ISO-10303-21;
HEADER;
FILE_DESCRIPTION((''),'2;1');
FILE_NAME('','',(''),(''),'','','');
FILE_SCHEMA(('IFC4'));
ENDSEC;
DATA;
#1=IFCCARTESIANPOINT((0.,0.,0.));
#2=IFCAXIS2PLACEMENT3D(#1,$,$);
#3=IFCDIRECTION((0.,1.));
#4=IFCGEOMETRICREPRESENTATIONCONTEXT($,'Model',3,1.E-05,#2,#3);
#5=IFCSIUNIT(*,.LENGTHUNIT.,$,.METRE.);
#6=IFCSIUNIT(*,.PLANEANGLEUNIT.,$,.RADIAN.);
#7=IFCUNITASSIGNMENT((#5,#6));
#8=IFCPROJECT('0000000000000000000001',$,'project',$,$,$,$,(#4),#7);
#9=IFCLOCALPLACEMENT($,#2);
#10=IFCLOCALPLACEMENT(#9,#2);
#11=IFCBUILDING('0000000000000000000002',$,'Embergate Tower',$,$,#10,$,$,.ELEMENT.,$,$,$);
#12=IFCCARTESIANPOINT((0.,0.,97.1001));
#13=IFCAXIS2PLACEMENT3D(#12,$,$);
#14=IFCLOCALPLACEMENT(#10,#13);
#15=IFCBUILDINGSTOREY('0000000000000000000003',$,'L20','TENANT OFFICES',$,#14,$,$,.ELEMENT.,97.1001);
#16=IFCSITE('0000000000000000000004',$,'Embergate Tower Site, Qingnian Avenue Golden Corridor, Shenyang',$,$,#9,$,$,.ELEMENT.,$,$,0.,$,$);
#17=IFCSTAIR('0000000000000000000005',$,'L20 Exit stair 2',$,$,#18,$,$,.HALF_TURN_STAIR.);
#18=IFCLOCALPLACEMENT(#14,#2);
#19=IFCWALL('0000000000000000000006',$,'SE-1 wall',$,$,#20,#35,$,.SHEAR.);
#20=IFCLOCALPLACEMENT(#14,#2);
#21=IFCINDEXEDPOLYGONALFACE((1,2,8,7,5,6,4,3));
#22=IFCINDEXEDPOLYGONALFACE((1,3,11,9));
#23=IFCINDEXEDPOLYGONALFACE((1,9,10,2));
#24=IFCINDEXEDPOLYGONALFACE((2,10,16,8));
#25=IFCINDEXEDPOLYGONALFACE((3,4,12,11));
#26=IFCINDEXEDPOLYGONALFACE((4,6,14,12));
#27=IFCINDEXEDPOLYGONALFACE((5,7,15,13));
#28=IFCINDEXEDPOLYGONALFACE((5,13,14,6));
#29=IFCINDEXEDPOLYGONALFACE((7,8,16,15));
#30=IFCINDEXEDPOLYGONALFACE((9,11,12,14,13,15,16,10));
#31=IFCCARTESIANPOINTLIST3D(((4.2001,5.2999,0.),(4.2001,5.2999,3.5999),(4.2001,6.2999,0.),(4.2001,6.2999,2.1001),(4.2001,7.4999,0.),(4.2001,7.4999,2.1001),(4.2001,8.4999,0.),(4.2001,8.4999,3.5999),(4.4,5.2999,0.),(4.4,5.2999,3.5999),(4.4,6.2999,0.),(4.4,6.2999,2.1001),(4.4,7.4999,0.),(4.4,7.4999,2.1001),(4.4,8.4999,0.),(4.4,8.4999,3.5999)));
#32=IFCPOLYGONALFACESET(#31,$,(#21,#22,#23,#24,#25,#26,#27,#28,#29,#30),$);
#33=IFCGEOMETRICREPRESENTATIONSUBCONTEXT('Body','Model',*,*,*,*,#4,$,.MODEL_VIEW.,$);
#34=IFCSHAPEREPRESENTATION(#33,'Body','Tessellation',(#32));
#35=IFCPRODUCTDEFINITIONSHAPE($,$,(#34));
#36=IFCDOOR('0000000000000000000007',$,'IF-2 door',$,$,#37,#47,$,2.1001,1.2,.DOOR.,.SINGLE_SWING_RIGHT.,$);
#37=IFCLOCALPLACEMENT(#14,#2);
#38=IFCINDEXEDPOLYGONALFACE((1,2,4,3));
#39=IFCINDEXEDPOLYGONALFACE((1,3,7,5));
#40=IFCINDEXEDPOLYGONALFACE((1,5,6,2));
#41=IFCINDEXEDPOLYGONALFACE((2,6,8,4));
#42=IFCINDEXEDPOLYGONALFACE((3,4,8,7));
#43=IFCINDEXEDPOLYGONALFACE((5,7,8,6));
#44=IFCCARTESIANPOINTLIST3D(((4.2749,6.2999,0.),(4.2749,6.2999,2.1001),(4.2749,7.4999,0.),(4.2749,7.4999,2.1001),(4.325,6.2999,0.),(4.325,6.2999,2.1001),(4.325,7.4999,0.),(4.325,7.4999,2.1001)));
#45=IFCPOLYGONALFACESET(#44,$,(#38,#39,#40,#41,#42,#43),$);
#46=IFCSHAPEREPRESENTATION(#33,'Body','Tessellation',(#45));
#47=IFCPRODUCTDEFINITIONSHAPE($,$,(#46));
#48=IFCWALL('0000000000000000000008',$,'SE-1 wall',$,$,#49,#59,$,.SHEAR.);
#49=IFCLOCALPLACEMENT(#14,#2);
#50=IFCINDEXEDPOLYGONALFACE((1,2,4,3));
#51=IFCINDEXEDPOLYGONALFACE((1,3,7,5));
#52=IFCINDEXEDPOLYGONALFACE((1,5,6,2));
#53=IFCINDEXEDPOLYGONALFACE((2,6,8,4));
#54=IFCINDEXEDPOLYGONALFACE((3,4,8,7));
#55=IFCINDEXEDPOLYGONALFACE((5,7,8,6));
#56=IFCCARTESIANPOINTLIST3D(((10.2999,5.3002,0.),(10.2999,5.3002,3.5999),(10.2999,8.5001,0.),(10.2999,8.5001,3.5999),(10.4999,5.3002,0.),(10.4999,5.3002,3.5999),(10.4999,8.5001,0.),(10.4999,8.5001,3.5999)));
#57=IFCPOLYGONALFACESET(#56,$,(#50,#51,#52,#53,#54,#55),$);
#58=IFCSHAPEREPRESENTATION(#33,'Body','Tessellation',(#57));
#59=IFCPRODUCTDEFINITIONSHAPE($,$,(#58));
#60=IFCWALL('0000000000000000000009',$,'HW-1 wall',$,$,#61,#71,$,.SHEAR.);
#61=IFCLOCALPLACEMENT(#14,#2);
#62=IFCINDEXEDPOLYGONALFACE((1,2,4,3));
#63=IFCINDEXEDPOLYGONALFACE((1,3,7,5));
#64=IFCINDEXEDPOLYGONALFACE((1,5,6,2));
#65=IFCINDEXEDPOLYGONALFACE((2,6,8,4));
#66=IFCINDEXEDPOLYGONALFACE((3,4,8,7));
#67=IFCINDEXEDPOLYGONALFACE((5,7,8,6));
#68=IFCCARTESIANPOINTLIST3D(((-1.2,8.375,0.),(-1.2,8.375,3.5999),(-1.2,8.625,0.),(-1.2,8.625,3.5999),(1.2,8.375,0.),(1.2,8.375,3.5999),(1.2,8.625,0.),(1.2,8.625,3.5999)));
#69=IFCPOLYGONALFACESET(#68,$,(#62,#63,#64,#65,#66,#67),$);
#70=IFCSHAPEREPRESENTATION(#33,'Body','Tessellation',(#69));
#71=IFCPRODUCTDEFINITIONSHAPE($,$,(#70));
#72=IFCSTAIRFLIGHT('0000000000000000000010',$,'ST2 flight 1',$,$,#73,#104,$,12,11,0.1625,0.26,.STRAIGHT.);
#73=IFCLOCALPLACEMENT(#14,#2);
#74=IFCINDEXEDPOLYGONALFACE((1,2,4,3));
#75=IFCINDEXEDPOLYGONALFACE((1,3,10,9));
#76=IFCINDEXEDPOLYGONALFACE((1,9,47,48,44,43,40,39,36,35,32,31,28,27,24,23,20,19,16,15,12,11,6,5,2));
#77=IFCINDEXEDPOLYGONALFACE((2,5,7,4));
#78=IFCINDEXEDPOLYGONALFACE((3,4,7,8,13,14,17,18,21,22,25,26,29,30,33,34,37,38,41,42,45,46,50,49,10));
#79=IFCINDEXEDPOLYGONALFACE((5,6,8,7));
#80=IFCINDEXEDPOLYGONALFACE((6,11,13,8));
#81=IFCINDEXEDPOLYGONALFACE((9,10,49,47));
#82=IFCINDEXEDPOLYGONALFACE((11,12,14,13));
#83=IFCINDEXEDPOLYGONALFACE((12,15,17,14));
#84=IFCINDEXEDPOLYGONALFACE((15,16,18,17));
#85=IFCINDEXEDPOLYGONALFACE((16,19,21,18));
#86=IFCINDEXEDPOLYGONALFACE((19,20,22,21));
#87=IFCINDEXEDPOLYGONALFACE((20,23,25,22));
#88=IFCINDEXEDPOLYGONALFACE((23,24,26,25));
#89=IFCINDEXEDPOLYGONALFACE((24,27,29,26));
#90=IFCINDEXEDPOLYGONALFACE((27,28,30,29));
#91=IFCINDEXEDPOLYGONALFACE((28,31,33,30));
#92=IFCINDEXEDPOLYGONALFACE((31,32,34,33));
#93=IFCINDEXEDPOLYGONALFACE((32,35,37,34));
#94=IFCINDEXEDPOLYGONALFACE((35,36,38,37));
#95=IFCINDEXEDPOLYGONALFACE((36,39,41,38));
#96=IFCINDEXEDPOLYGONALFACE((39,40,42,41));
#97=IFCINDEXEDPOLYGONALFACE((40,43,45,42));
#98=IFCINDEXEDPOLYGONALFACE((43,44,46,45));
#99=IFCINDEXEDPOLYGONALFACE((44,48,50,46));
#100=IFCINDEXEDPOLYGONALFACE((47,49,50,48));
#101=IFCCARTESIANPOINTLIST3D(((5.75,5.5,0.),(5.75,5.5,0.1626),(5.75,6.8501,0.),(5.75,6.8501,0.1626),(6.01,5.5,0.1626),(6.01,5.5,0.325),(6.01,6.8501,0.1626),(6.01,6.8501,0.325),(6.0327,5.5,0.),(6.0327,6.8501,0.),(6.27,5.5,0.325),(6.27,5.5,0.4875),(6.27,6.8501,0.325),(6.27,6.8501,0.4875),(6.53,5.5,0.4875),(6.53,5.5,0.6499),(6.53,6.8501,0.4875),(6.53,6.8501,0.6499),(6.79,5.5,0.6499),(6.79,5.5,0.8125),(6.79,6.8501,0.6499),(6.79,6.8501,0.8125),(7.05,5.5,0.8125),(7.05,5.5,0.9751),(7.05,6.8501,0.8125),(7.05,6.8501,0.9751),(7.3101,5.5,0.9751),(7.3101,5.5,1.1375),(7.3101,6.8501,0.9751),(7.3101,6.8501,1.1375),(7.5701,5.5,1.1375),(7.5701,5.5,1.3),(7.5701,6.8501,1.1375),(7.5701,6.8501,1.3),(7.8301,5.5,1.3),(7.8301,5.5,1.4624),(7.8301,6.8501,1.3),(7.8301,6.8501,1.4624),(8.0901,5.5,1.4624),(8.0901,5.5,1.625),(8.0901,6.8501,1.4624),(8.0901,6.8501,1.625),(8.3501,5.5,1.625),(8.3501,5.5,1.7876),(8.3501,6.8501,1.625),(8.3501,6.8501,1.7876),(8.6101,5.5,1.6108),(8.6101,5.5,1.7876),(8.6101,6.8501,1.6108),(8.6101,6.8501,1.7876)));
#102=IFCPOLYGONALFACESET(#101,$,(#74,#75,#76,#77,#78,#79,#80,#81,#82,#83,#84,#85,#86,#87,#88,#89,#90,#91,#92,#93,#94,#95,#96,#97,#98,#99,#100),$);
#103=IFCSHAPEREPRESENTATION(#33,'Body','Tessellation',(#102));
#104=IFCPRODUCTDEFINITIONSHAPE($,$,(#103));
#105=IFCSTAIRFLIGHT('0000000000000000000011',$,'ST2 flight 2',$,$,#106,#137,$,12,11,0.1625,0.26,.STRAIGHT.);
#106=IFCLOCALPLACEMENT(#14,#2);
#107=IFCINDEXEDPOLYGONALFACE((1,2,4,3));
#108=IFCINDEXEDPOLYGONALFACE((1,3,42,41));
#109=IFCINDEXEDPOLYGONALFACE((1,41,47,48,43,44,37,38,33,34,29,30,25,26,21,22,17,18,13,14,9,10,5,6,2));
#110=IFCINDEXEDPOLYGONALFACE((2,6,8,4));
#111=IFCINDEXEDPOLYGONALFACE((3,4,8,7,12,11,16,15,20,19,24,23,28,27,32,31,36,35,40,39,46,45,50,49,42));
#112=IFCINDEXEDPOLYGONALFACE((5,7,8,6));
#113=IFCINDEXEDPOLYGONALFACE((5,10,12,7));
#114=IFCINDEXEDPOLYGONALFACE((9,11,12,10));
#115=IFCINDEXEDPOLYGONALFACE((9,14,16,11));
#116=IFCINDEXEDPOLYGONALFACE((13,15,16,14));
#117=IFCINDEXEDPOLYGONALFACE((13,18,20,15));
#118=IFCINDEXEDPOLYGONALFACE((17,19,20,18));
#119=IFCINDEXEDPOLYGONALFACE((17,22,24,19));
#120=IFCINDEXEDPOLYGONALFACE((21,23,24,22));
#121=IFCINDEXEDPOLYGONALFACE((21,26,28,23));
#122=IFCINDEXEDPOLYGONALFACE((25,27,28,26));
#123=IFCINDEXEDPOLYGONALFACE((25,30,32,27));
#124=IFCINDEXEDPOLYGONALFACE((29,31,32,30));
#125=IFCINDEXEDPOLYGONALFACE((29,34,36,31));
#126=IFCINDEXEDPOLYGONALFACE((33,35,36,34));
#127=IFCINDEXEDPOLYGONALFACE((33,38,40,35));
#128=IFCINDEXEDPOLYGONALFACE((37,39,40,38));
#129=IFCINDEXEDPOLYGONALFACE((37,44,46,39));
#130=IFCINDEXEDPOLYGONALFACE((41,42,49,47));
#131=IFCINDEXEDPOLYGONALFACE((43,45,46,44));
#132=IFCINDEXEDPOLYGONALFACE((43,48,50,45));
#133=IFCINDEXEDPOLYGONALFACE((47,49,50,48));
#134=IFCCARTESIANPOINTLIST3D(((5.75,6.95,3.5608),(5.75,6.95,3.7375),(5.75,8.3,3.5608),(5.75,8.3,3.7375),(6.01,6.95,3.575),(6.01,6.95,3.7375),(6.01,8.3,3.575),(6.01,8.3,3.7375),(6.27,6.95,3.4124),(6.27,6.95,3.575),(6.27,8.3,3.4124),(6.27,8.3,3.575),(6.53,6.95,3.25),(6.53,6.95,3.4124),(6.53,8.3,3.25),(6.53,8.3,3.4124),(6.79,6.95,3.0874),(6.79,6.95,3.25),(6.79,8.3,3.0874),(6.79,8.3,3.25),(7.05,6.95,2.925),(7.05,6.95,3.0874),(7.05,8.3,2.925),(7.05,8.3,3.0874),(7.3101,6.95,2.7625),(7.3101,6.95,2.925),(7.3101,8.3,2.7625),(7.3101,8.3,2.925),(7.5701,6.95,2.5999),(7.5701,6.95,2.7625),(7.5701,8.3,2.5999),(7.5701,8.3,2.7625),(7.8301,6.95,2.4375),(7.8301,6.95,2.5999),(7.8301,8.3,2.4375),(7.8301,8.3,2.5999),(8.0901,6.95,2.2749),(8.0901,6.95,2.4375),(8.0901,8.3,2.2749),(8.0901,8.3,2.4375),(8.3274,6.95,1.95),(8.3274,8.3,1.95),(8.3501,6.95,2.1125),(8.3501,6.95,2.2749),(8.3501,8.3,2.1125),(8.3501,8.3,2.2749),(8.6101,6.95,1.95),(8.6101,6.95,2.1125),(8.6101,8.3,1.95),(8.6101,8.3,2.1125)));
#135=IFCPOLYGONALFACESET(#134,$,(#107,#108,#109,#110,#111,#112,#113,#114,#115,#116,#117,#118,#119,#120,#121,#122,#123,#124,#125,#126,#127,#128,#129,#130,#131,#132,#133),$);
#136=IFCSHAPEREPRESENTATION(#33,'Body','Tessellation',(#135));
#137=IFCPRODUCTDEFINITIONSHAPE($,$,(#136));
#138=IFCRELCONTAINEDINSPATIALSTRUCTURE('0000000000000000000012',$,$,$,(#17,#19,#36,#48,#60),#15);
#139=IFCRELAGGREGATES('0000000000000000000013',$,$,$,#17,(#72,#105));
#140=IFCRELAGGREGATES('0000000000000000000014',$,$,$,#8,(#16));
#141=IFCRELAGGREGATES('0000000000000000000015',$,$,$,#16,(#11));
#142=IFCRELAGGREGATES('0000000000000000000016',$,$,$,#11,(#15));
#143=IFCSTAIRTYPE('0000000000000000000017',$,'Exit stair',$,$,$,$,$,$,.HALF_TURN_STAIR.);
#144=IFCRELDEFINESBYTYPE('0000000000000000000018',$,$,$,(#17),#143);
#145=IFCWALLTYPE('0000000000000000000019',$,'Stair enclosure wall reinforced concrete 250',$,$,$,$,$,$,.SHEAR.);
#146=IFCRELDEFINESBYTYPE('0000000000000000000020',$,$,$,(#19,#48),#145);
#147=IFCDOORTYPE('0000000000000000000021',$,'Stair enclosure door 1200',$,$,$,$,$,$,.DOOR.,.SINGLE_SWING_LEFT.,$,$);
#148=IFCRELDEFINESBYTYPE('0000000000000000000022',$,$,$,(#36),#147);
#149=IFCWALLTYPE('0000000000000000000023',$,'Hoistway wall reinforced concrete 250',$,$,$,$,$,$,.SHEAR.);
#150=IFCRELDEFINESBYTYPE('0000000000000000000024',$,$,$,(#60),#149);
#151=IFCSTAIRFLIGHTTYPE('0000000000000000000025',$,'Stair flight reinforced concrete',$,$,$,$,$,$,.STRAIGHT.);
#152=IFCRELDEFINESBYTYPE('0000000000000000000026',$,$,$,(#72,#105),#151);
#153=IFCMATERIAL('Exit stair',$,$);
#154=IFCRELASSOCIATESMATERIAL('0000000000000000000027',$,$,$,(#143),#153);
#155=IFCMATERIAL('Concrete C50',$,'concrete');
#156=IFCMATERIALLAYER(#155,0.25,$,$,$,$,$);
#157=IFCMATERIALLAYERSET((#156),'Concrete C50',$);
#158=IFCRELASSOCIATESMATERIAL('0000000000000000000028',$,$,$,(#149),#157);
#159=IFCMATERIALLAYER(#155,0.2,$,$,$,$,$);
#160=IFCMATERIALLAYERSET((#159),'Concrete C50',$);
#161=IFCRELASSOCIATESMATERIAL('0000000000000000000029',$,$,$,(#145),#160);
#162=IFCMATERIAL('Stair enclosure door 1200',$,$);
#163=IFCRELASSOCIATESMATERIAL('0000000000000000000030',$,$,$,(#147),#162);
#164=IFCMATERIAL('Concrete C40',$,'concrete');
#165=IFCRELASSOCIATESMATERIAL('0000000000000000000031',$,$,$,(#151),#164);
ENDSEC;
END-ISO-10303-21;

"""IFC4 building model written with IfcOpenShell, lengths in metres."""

from ifc_helpers import new_model, si_unit, direction, frame, frame_2d, origin, place, context, subcontext, project, spatial, polyline, rectangle, outline, extrude, source, transform, mapped, material, layer, layer_set, type_object, element, fill, aggregate, save


model = new_model("IFC4")

# Units and contexts
model_context = context("Model", 3, precision=1e-05, world=origin(), true_north=direction((0.0, 1.0)))
body_context = subcontext(model_context, "Body", "Model", "MODEL_VIEW")
ifc_project = project(units=[si_unit("LENGTHUNIT", "METRE"), si_unit("PLANEANGLEUNIT", "RADIAN")], contexts=[model_context])

# Site, building, storey
site_placement = place(None, origin())
site = spatial("IfcSite", under=ifc_project, at=site_placement, Name="Embergate Tower Site, Qingnian Avenue Golden Corridor, Shenyang", CompositionType="ELEMENT", RefElevation=0.0)
building_placement = place(site_placement, origin())
building = spatial("IfcBuilding", under=site, at=building_placement, Name="Embergate Tower", CompositionType="ELEMENT")
storey_placement = place(building_placement, frame((0.0, 0.0, 97.1001)))
storey = spatial("IfcBuildingStorey", under=building, at=storey_placement, Name="L20", Description="TENANT OFFICES", CompositionType="ELEMENT", Elevation=97.1001)

# Stair
ifc_material_1 = material(Name="Exit stair")
stair_type = type_object("IfcStairType", Name="Exit stair", PredefinedType="HALF_TURN_STAIR", material=ifc_material_1)
stair_placement = place(storey_placement, origin())
stair = element("IfcStair", 1, at=stair_placement, inside=storey, type_object=stair_type, Name="L20 Exit stair 2", PredefinedType="HALF_TURN_STAIR")
ifc_material_2 = material(Name="Concrete C40", Category="concrete")

# Shared definitions
shared_shape_1 = source(origin(), body_context, "Body", "SweptSolid", [
    extrude(rectangle(XDim=1.2, YDim=2.1001, at=frame_2d((0.6001, 1.05))), frame((0.0, 0.0249, 0.0), z_axis=(0.0, -1.0, 0.0), x_axis=(1.0, 0.0, 0.0)), (0.0, 0.0, 1.0), 0.05),
])

# Shared definitions
ifc_material_3 = material(Name="Concrete C50", Category="concrete")
ifc_layer_1 = layer(ifc_material_3, 0.25)
ifc_layer_set_1 = layer_set([ifc_layer_1], Name="Concrete C50")
wall_type_1 = type_object("IfcWallType", Name="Hoistway wall reinforced concrete 250", PredefinedType="SHEAR", material=ifc_layer_set_1)

# Shared definitions
ifc_layer_2 = layer(ifc_material_3, 0.2)
ifc_layer_set_2 = layer_set([ifc_layer_2], Name="Concrete C50")
wall_type_2 = type_object("IfcWallType", Name="Stair enclosure wall reinforced concrete 250", PredefinedType="SHEAR", material=ifc_layer_set_2)

# Wall, opening, door
shared_shape_2 = source(origin(), body_context, "Body", "SweptSolid", [
    extrude(rectangle(XDim=3.2, YDim=0.2, at=frame_2d((1.6001, 0.0))), origin(), (0.0, 0.0, 1.0), 3.5999),
])
wall_1_placement = place(storey_placement, frame((4.3, 8.5, 0.0), z_axis=(0.0, 0.0, 1.0), x_axis=(0.0, -1.0, 0.0)))
wall_1 = element("IfcWall", 2, at=wall_1_placement, inside=storey, type_object=wall_type_2, Name="SE-1 wall", PredefinedType="SHEAR", context=body_context, shape_type="MappedRepresentation", body=[
    mapped(shared_shape_2, transform((0.0, 0.0, 0.0))),
])
shared_shape_3 = source(origin(), body_context, "Body", "SweptSolid", [
    extrude(rectangle(XDim=1.2, YDim=2.1001, at=frame_2d((0.6001, 1.05))), frame((0.0, 0.1099, 0.0), z_axis=(0.0, -1.0, 0.0), x_axis=(1.0, 0.0, 0.0)), (0.0, 0.0, 1.0), 0.22),
])
opening_1_placement = place(wall_1_placement, frame((1.0, 0.0, 0.0)))
opening_1 = element("IfcOpeningElement", 3, at=opening_1_placement, cuts=wall_1, PredefinedType="OPENING", context=body_context, shape_type="MappedRepresentation", body=[
    mapped(shared_shape_3, transform((0.0, 0.0, 0.0))),
])
ifc_material_4 = material(Name="Stair enclosure door 1200")
door_type_1 = type_object("IfcDoorType", Name="Stair enclosure door 1200", OperationType="SINGLE_SWING_LEFT", PredefinedType="DOOR", material=ifc_material_4)
door_1_placement = place(opening_1_placement, origin())
door_1 = element("IfcDoor", 4, at=door_1_placement, inside=storey, type_object=door_type_1, Name="IF-2 door", OperationType="SINGLE_SWING_RIGHT", OverallHeight=2.1001, OverallWidth=1.2, PredefinedType="DOOR", context=body_context, shape_type="MappedRepresentation", body=[
    mapped(shared_shape_1, transform((0.0, 0.0, 0.0))),
])
fill(opening_1, door_1)

# Walls
wall_2_placement = place(storey_placement, frame((10.3999, 5.3, 0.0), z_axis=(0.0, 0.0, 1.0), x_axis=(0.0, 1.0, 0.0)))
element("IfcWall", 5, at=wall_2_placement, inside=storey, type_object=wall_type_2, Name="SE-1 wall", PredefinedType="SHEAR", context=body_context, shape_type="MappedRepresentation", body=[
    mapped(shared_shape_2, transform((0.0, 0.0, 0.0))),
])
shared_shape_4 = source(origin(), body_context, "Body", "SweptSolid", [
    extrude(rectangle(XDim=2.3999, YDim=0.25, at=frame_2d((1.2, 0.0))), origin(), (0.0, 0.0, 1.0), 3.5999),
])
wall_3_placement = place(storey_placement, frame((1.2, 8.5, 0.0), z_axis=(0.0, 0.0, 1.0), x_axis=(-1.0, 0.0, 0.0)))
element("IfcWall", 6, at=wall_3_placement, inside=storey, type_object=wall_type_1, Name="HW-1 wall", PredefinedType="SHEAR", context=body_context, shape_type="MappedRepresentation", body=[
    mapped(shared_shape_4, transform((0.0, 0.0, 0.0))),
])

# Stair flights
stair_flight_type = type_object("IfcStairFlightType", Name="Stair flight reinforced concrete", PredefinedType="STRAIGHT", material=ifc_material_2)
shared_shape_5 = source(origin(), body_context, "Body", "SweptSolid", [
    extrude(outline(polyline([(0.0, 0.0), (0.0, 0.1626), (0.26, 0.1626), (0.26, 0.325), (0.52, 0.325), (0.52, 0.4875), (0.78, 0.4875), (0.78, 0.6499), (1.04, 0.6499), (1.04, 0.8125), (1.3, 0.8125), (1.3, 0.9751), (1.5601, 0.9751), (1.5601, 1.1375), (1.8201, 1.1375), (1.8201, 1.3), (2.0801, 1.3), (2.0801, 1.4624), (2.3401, 1.4624), (2.3401, 1.625), (2.6001, 1.625), (2.6001, 1.7876), (2.8601, 1.7876), (2.8601, 1.95), (2.8601, 1.6108), (0.2827, 0.0), (0.0, 0.0)])), frame((0.0, 0.675, 0.0), z_axis=(0.0, -1.0, 0.0), x_axis=(1.0, 0.0, 0.0)), (0.0, 0.0, 1.0), 1.3501),
])
stair_flight_1_placement = place(storey_placement, frame((5.75, 6.175, 0.0), z_axis=(0.0, 0.0, 1.0), x_axis=(1.0, 0.0, 0.0)))
stair_flight_1 = element("IfcStairFlight", 7, at=stair_flight_1_placement, type_object=stair_flight_type, Name="ST2 flight 1", NumberOfRisers=12, NumberOfTreads=11, PredefinedType="STRAIGHT", RiserHeight=0.1625, TreadLength=0.26, context=body_context, shape_type="MappedRepresentation", body=[
    mapped(shared_shape_5, transform((0.0, 0.0, 0.0))),
])
stair_flight_2_placement = place(storey_placement, frame((8.6101, 7.625, 1.95), z_axis=(0.0, 0.0, 1.0), x_axis=(-1.0, 0.0, 0.0)))
stair_flight_2 = element("IfcStairFlight", 8, at=stair_flight_2_placement, type_object=stair_flight_type, Name="ST2 flight 2", NumberOfRisers=12, NumberOfTreads=11, PredefinedType="STRAIGHT", RiserHeight=0.1625, TreadLength=0.26, context=body_context, shape_type="MappedRepresentation", body=[
    mapped(shared_shape_5, transform((0.0, 0.0, 0.0))),
])
aggregate(stair, [stair_flight_1, stair_flight_2])

save(model, "model.ifc")
